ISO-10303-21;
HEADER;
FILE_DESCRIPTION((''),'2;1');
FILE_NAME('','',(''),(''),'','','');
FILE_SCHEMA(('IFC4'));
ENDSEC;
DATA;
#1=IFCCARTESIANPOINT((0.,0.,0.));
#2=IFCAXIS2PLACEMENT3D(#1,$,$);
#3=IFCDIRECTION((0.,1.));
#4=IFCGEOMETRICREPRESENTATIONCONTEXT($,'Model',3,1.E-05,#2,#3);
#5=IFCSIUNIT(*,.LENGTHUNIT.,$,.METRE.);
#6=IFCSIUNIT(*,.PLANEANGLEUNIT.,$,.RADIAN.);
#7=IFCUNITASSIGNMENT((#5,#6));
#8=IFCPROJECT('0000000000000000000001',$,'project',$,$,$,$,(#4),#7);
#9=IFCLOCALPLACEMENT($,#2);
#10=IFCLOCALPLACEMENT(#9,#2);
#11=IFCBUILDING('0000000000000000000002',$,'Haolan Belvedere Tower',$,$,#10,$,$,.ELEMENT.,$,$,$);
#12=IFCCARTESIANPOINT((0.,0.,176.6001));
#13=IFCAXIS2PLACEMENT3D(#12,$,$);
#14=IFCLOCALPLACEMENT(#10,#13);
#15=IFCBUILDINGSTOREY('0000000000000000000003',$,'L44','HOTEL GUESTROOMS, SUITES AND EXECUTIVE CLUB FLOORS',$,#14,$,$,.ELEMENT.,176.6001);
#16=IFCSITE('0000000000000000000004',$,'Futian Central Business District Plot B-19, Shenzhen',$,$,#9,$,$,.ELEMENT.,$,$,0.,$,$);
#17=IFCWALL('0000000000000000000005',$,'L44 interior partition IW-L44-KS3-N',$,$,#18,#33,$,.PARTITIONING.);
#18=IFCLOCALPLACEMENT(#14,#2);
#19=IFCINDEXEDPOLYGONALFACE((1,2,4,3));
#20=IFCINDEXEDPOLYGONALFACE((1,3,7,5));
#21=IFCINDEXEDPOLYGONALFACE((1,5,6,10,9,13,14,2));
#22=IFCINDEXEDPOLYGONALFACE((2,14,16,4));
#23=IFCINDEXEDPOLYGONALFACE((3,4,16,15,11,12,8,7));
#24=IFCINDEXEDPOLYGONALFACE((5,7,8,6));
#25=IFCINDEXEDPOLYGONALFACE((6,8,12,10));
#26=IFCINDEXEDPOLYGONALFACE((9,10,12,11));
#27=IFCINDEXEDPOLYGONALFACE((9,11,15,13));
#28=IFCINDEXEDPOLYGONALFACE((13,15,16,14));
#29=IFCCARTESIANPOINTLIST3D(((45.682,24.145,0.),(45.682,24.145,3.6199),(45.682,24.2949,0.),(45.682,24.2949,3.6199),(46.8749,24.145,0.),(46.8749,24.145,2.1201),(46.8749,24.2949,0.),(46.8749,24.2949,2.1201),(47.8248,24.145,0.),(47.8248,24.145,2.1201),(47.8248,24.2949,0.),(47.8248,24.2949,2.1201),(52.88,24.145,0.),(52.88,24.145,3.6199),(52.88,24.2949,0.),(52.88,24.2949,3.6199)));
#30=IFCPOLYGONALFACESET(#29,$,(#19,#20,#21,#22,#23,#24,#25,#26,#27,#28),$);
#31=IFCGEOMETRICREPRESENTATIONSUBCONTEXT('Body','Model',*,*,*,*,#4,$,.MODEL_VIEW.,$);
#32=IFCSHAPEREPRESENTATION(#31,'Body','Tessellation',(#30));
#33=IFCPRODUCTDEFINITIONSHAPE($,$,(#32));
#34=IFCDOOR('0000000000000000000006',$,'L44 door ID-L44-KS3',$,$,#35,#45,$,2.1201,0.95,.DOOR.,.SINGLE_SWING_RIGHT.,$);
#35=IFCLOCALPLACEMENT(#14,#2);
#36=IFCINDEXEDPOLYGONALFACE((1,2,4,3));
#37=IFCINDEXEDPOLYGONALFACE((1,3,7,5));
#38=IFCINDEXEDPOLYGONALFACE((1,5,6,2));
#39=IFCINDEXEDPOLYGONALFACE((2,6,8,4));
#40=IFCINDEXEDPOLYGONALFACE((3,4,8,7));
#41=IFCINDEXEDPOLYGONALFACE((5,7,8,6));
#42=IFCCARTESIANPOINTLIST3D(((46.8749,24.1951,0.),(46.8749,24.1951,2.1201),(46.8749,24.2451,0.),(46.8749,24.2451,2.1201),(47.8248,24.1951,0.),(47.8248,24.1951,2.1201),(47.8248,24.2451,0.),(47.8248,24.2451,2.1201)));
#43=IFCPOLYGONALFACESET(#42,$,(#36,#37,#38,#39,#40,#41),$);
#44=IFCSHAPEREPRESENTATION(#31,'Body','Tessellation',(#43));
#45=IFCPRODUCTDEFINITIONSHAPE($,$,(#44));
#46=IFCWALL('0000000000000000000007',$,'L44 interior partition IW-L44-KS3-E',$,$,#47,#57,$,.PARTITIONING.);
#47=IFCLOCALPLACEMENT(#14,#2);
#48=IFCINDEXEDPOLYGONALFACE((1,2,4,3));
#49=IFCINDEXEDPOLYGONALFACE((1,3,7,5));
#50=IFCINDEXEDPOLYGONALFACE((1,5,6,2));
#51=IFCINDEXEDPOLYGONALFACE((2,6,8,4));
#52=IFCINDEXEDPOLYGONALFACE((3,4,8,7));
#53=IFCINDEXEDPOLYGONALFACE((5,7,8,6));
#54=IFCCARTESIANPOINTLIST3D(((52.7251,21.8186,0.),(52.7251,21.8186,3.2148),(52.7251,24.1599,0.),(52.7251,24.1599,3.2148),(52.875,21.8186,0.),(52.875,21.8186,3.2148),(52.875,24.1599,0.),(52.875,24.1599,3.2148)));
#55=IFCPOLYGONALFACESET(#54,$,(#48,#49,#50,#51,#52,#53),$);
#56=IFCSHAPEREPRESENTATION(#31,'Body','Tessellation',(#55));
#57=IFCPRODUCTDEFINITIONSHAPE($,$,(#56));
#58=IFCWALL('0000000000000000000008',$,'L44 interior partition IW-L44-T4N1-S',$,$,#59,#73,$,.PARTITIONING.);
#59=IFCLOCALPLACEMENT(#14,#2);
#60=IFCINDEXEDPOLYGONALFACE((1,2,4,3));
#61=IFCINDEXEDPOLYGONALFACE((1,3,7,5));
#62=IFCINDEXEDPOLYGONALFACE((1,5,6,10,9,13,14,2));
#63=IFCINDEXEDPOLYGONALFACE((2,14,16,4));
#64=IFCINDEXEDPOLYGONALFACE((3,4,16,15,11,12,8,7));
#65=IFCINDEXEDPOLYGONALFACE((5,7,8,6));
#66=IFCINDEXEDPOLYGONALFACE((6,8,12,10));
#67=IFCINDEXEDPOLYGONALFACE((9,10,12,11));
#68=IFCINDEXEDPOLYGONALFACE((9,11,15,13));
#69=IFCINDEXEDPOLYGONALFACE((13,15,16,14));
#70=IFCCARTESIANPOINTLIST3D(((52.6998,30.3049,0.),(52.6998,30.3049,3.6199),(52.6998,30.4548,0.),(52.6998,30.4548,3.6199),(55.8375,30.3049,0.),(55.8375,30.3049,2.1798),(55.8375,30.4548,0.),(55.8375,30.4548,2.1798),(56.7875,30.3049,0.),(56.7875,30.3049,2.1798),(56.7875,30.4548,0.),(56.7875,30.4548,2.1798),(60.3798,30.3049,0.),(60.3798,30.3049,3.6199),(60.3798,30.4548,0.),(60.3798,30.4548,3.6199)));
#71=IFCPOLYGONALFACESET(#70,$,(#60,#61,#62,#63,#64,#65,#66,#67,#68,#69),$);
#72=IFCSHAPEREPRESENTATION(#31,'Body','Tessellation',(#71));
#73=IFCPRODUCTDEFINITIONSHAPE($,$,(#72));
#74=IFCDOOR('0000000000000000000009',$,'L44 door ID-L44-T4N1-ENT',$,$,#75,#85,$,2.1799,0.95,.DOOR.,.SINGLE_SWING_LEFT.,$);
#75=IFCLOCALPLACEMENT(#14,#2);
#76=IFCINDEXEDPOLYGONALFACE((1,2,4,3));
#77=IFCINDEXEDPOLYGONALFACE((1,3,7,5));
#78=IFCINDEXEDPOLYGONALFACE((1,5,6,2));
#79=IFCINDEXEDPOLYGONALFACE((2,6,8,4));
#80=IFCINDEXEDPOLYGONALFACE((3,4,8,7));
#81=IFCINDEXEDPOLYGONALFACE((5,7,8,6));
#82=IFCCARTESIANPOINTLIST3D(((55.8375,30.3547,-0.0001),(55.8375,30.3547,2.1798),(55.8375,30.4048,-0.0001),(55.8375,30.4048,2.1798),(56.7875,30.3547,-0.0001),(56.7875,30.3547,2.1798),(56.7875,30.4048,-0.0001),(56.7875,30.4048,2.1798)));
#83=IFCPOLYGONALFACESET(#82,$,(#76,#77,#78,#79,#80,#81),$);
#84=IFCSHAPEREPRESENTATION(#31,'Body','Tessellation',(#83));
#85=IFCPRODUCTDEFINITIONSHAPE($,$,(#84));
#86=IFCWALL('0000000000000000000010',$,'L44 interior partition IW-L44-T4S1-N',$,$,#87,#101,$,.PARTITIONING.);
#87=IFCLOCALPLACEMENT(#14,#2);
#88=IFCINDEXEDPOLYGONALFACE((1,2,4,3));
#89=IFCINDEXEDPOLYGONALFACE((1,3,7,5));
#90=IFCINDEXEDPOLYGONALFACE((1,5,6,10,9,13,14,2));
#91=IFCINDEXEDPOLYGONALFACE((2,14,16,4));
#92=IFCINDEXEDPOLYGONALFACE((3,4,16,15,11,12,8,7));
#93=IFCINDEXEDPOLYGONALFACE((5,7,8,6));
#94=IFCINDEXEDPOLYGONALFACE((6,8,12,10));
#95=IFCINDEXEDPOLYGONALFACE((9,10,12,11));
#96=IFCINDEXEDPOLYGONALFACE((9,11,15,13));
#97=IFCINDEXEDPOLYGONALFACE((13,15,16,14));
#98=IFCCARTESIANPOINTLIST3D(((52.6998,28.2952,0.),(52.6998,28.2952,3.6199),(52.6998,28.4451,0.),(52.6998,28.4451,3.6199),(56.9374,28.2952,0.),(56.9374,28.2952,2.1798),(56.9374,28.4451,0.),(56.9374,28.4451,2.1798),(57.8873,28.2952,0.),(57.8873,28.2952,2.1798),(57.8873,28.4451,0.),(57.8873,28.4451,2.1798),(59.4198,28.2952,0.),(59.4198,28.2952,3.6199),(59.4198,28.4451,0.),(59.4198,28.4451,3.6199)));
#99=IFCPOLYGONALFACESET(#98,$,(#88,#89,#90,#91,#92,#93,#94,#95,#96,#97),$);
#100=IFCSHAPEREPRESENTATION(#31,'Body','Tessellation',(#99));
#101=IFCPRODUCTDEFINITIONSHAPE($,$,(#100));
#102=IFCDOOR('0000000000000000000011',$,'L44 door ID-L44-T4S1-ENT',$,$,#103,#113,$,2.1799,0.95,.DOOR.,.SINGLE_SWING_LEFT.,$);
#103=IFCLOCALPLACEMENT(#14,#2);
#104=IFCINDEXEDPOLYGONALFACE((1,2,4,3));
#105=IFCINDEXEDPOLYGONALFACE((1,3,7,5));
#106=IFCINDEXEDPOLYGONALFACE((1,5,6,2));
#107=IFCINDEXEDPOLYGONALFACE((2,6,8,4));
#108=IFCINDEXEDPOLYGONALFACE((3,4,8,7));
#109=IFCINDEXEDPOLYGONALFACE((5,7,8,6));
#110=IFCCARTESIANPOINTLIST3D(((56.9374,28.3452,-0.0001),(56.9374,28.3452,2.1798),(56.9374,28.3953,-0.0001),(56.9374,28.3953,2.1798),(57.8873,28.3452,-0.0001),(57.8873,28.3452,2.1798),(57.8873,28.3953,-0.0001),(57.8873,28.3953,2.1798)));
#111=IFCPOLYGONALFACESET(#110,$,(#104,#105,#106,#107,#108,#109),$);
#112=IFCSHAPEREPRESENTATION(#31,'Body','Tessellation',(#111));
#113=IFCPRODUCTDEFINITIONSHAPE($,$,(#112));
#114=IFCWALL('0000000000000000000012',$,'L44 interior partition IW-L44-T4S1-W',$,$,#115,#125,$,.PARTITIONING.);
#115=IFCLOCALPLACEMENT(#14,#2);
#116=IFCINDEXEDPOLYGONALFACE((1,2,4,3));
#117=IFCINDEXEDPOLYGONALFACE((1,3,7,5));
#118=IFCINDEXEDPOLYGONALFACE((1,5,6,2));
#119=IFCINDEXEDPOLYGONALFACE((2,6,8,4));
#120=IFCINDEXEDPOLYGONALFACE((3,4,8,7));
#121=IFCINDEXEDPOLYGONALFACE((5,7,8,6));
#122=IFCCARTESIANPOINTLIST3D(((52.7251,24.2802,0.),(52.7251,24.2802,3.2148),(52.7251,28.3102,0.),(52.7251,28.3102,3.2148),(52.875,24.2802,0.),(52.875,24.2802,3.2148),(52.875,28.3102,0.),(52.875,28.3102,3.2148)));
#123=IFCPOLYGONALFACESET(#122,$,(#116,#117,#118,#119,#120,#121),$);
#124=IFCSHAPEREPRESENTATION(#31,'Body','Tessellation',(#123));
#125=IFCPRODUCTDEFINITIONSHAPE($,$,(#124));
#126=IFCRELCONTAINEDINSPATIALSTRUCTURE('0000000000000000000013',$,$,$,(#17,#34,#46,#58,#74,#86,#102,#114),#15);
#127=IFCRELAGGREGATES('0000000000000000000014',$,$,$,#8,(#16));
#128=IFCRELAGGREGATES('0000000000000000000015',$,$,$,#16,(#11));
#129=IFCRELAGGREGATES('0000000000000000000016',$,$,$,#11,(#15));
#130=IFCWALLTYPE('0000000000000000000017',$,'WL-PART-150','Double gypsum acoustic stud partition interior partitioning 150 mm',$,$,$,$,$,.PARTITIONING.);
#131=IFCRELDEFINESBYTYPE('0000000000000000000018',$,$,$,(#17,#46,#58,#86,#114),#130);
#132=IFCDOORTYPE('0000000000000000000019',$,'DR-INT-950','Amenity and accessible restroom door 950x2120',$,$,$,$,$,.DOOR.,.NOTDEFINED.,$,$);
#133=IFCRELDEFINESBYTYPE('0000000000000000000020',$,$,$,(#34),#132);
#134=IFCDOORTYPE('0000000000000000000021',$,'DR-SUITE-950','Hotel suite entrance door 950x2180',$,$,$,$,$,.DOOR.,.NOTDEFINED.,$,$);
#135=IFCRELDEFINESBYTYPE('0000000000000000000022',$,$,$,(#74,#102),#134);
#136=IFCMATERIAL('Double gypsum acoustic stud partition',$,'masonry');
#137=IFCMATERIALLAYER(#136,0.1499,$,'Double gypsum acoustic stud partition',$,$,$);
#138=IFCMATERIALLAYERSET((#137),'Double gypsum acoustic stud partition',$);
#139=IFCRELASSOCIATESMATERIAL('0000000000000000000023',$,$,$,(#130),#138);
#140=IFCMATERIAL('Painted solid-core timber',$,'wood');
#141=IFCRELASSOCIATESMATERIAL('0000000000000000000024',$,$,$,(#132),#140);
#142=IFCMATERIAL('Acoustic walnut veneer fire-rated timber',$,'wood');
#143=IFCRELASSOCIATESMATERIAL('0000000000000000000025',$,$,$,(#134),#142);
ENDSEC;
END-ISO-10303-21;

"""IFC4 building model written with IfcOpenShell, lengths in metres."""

from ifc_helpers import new_model, si_unit, direction, frame, frame_2d, origin, place, context, subcontext, project, spatial, rectangle, extrude, material, layer, layer_set, type_object, element, fill, save


model = new_model("IFC4")

# Units and contexts
model_context = context("Model", 3, precision=1e-05, world=origin(), true_north=direction((0.0, 1.0)))
body_context = subcontext(model_context, "Body", "Model", "MODEL_VIEW")
ifc_project = project(units=[si_unit("LENGTHUNIT", "METRE"), si_unit("PLANEANGLEUNIT", "RADIAN")], contexts=[model_context])

# Site, building, storey
site_placement = place(None, origin())
site = spatial("IfcSite", under=ifc_project, at=site_placement, Name="Futian Central Business District Plot B-19, Shenzhen", CompositionType="ELEMENT", RefElevation=0.0)
building_placement = place(site_placement, origin())
building = spatial("IfcBuilding", under=site, at=building_placement, Name="Haolan Belvedere Tower", CompositionType="ELEMENT")
storey_placement = place(building_placement, frame((0.0, 0.0, 176.6001)))
storey = spatial("IfcBuildingStorey", under=building, at=storey_placement, Name="L44", Description="HOTEL GUESTROOMS, SUITES AND EXECUTIVE CLUB FLOORS", CompositionType="ELEMENT", Elevation=176.6001)

# Shared definitions
ifc_material_1 = material(Name="Double gypsum acoustic stud partition", Category="masonry")
ifc_layer_1 = layer(ifc_material_1, 0.1499, Name="Double gypsum acoustic stud partition")
ifc_layer_set_1 = layer_set([ifc_layer_1], Name="Double gypsum acoustic stud partition")
wall_type_1 = type_object("IfcWallType", Name="WL-PART-150", Description="Double gypsum acoustic stud partition interior partitioning 150 mm", PredefinedType="PARTITIONING", material=ifc_layer_set_1)

# Wall, opening, door
ifc_material_2 = material(Name="Painted solid-core timber", Category="wood")
door_type_1 = type_object("IfcDoorType", Name="DR-INT-950", Description="Amenity and accessible restroom door 950x2120", OperationType="NOTDEFINED", PredefinedType="DOOR", material=ifc_material_2)
wall_1_placement = place(storey_placement, frame((45.6819, 24.22, 0.0), z_axis=(0.0, 0.0, 1.0), x_axis=(1.0, 0.0, 0.0)))
wall_1 = element("IfcWall", 1, at=wall_1_placement, inside=storey, type_object=wall_type_1, Name="L44 interior partition IW-L44-KS3-N", PredefinedType="PARTITIONING", context=body_context, shape_type="SweptSolid", body=[
    extrude(rectangle(XDim=7.198, YDim=0.1499, at=frame_2d((3.5991, 0.0))), origin(), (0.0, 0.0, 1.0), 3.6199),
])
opening_1_placement = place(wall_1_placement, frame((2.1431, 0.0, 0.0), z_axis=(0.0, 0.0, 1.0), x_axis=(-1.0, 0.0, 0.0)))
opening_1 = element("IfcOpeningElement", 2, at=opening_1_placement, cuts=wall_1, PredefinedType="OPENING", context=body_context, shape_type="SweptSolid", body=[
    extrude(rectangle(XDim=0.95, YDim=2.1201, at=frame_2d((0.4751, 1.0601))), frame((0.0, 0.085, 0.0), z_axis=(0.0, -1.0, 0.0), x_axis=(1.0, 0.0, 0.0)), (0.0, 0.0, 1.0), 0.1699),
])
door_1_placement = place(opening_1_placement, origin())
door_1 = element("IfcDoor", 3, at=door_1_placement, inside=storey, type_object=door_type_1, Name="L44 door ID-L44-KS3", OperationType="SINGLE_SWING_RIGHT", OverallHeight=2.1201, OverallWidth=0.95, PredefinedType="DOOR", context=body_context, shape_type="SweptSolid", body=[
    extrude(rectangle(XDim=0.95, YDim=2.1201, at=frame_2d((0.4751, 1.0601))), frame((0.0, 0.0249, 0.0), z_axis=(0.0, -1.0, 0.0), x_axis=(1.0, 0.0, 0.0)), (0.0, 0.0, 1.0), 0.05),
])
fill(opening_1, door_1)

# Wall
wall_2_placement = place(storey_placement, frame((52.8, 21.8186, 0.0), z_axis=(0.0, 0.0, 1.0), x_axis=(0.0, 1.0, 0.0)))
element("IfcWall", 4, at=wall_2_placement, inside=storey, type_object=wall_type_1, Name="L44 interior partition IW-L44-KS3-E", PredefinedType="PARTITIONING", context=body_context, shape_type="SweptSolid", body=[
    extrude(rectangle(XDim=2.3413, YDim=0.1499, at=frame_2d((1.1707, 0.0))), origin(), (0.0, 0.0, 1.0), 3.2148),
])

# Walls, openings, doors
wall_3_placement = place(storey_placement, frame((52.7, 30.3799, 0.0), z_axis=(0.0, 0.0, 1.0), x_axis=(1.0, 0.0, 0.0)))
wall_3 = element("IfcWall", 5, at=wall_3_placement, inside=storey, type_object=wall_type_1, Name="L44 interior partition IW-L44-T4N1-S", PredefinedType="PARTITIONING", context=body_context, shape_type="SweptSolid", body=[
    extrude(rectangle(XDim=7.6799, YDim=0.1499, at=frame_2d((3.8398, 0.0))), origin(), (0.0, 0.0, 1.0), 3.6199),
])
opening_2_placement = place(wall_3_placement, frame((3.1375, 0.0, 0.0)))
opening_2 = element("IfcOpeningElement", 6, at=opening_2_placement, cuts=wall_3, PredefinedType="OPENING", context=body_context, shape_type="SweptSolid", body=[
    extrude(rectangle(XDim=0.95, YDim=2.1799, at=frame_2d((0.4751, 1.0898))), frame((0.0, 0.085, 0.0), z_axis=(0.0, -1.0, 0.0), x_axis=(1.0, 0.0, 0.0)), (0.0, 0.0, 1.0), 0.1699),
])
ifc_material_3 = material(Name="Acoustic walnut veneer fire-rated timber", Category="wood")
door_type_2 = type_object("IfcDoorType", Name="DR-SUITE-950", Description="Hotel suite entrance door 950x2180", OperationType="NOTDEFINED", PredefinedType="DOOR", material=ifc_material_3)
door_2_placement = place(opening_2_placement, origin())
door_2 = element("IfcDoor", 7, at=door_2_placement, inside=storey, type_object=door_type_2, Name="L44 door ID-L44-T4N1-ENT", OperationType="SINGLE_SWING_LEFT", OverallHeight=2.1799, OverallWidth=0.95, PredefinedType="DOOR", context=body_context, shape_type="SweptSolid", body=[
    extrude(rectangle(XDim=0.95, YDim=2.1799, at=frame_2d((0.4751, 1.0898))), frame((0.0, 0.0249, 0.0), z_axis=(0.0, -1.0, 0.0), x_axis=(1.0, 0.0, 0.0)), (0.0, 0.0, 1.0), 0.05),
])
fill(opening_2, door_2)
wall_4_placement = place(storey_placement, frame((52.7, 28.3701, 0.0), z_axis=(0.0, 0.0, 1.0), x_axis=(1.0, 0.0, 0.0)))
wall_4 = element("IfcWall", 8, at=wall_4_placement, inside=storey, type_object=wall_type_1, Name="L44 interior partition IW-L44-T4S1-N", PredefinedType="PARTITIONING", context=body_context, shape_type="SweptSolid", body=[
    extrude(rectangle(XDim=6.72, YDim=0.1499, at=frame_2d((3.3599, 0.0))), origin(), (0.0, 0.0, 1.0), 3.6199),
])
opening_3_placement = place(wall_4_placement, frame((5.1875, 0.0, 0.0), z_axis=(0.0, 0.0, 1.0), x_axis=(-1.0, 0.0, 0.0)))
opening_3 = element("IfcOpeningElement", 9, at=opening_3_placement, cuts=wall_4, PredefinedType="OPENING", context=body_context, shape_type="SweptSolid", body=[
    extrude(rectangle(XDim=0.95, YDim=2.1799, at=frame_2d((0.4751, 1.0898))), frame((0.0, 0.085, 0.0), z_axis=(0.0, -1.0, 0.0), x_axis=(1.0, 0.0, 0.0)), (0.0, 0.0, 1.0), 0.1699),
])
door_3_placement = place(opening_3_placement, origin())
door_3 = element("IfcDoor", 10, at=door_3_placement, inside=storey, type_object=door_type_2, Name="L44 door ID-L44-T4S1-ENT", OperationType="SINGLE_SWING_LEFT", OverallHeight=2.1799, OverallWidth=0.95, PredefinedType="DOOR", context=body_context, shape_type="SweptSolid", body=[
    extrude(rectangle(XDim=0.95, YDim=2.1799, at=frame_2d((0.4751, 1.0898))), frame((0.0, 0.0249, 0.0), z_axis=(0.0, -1.0, 0.0), x_axis=(1.0, 0.0, 0.0)), (0.0, 0.0, 1.0), 0.05),
])
fill(opening_3, door_3)

# Wall
wall_5_placement = place(storey_placement, frame((52.8, 24.28, 0.0), z_axis=(0.0, 0.0, 1.0), x_axis=(0.0, 1.0, 0.0)))
element("IfcWall", 11, at=wall_5_placement, inside=storey, type_object=wall_type_1, Name="L44 interior partition IW-L44-T4S1-W", PredefinedType="PARTITIONING", context=body_context, shape_type="SweptSolid", body=[
    extrude(rectangle(XDim=4.03, YDim=0.1499, at=frame_2d((2.0151, 0.0))), origin(), (0.0, 0.0, 1.0), 3.2148),
])

save(model, "model.ifc")
